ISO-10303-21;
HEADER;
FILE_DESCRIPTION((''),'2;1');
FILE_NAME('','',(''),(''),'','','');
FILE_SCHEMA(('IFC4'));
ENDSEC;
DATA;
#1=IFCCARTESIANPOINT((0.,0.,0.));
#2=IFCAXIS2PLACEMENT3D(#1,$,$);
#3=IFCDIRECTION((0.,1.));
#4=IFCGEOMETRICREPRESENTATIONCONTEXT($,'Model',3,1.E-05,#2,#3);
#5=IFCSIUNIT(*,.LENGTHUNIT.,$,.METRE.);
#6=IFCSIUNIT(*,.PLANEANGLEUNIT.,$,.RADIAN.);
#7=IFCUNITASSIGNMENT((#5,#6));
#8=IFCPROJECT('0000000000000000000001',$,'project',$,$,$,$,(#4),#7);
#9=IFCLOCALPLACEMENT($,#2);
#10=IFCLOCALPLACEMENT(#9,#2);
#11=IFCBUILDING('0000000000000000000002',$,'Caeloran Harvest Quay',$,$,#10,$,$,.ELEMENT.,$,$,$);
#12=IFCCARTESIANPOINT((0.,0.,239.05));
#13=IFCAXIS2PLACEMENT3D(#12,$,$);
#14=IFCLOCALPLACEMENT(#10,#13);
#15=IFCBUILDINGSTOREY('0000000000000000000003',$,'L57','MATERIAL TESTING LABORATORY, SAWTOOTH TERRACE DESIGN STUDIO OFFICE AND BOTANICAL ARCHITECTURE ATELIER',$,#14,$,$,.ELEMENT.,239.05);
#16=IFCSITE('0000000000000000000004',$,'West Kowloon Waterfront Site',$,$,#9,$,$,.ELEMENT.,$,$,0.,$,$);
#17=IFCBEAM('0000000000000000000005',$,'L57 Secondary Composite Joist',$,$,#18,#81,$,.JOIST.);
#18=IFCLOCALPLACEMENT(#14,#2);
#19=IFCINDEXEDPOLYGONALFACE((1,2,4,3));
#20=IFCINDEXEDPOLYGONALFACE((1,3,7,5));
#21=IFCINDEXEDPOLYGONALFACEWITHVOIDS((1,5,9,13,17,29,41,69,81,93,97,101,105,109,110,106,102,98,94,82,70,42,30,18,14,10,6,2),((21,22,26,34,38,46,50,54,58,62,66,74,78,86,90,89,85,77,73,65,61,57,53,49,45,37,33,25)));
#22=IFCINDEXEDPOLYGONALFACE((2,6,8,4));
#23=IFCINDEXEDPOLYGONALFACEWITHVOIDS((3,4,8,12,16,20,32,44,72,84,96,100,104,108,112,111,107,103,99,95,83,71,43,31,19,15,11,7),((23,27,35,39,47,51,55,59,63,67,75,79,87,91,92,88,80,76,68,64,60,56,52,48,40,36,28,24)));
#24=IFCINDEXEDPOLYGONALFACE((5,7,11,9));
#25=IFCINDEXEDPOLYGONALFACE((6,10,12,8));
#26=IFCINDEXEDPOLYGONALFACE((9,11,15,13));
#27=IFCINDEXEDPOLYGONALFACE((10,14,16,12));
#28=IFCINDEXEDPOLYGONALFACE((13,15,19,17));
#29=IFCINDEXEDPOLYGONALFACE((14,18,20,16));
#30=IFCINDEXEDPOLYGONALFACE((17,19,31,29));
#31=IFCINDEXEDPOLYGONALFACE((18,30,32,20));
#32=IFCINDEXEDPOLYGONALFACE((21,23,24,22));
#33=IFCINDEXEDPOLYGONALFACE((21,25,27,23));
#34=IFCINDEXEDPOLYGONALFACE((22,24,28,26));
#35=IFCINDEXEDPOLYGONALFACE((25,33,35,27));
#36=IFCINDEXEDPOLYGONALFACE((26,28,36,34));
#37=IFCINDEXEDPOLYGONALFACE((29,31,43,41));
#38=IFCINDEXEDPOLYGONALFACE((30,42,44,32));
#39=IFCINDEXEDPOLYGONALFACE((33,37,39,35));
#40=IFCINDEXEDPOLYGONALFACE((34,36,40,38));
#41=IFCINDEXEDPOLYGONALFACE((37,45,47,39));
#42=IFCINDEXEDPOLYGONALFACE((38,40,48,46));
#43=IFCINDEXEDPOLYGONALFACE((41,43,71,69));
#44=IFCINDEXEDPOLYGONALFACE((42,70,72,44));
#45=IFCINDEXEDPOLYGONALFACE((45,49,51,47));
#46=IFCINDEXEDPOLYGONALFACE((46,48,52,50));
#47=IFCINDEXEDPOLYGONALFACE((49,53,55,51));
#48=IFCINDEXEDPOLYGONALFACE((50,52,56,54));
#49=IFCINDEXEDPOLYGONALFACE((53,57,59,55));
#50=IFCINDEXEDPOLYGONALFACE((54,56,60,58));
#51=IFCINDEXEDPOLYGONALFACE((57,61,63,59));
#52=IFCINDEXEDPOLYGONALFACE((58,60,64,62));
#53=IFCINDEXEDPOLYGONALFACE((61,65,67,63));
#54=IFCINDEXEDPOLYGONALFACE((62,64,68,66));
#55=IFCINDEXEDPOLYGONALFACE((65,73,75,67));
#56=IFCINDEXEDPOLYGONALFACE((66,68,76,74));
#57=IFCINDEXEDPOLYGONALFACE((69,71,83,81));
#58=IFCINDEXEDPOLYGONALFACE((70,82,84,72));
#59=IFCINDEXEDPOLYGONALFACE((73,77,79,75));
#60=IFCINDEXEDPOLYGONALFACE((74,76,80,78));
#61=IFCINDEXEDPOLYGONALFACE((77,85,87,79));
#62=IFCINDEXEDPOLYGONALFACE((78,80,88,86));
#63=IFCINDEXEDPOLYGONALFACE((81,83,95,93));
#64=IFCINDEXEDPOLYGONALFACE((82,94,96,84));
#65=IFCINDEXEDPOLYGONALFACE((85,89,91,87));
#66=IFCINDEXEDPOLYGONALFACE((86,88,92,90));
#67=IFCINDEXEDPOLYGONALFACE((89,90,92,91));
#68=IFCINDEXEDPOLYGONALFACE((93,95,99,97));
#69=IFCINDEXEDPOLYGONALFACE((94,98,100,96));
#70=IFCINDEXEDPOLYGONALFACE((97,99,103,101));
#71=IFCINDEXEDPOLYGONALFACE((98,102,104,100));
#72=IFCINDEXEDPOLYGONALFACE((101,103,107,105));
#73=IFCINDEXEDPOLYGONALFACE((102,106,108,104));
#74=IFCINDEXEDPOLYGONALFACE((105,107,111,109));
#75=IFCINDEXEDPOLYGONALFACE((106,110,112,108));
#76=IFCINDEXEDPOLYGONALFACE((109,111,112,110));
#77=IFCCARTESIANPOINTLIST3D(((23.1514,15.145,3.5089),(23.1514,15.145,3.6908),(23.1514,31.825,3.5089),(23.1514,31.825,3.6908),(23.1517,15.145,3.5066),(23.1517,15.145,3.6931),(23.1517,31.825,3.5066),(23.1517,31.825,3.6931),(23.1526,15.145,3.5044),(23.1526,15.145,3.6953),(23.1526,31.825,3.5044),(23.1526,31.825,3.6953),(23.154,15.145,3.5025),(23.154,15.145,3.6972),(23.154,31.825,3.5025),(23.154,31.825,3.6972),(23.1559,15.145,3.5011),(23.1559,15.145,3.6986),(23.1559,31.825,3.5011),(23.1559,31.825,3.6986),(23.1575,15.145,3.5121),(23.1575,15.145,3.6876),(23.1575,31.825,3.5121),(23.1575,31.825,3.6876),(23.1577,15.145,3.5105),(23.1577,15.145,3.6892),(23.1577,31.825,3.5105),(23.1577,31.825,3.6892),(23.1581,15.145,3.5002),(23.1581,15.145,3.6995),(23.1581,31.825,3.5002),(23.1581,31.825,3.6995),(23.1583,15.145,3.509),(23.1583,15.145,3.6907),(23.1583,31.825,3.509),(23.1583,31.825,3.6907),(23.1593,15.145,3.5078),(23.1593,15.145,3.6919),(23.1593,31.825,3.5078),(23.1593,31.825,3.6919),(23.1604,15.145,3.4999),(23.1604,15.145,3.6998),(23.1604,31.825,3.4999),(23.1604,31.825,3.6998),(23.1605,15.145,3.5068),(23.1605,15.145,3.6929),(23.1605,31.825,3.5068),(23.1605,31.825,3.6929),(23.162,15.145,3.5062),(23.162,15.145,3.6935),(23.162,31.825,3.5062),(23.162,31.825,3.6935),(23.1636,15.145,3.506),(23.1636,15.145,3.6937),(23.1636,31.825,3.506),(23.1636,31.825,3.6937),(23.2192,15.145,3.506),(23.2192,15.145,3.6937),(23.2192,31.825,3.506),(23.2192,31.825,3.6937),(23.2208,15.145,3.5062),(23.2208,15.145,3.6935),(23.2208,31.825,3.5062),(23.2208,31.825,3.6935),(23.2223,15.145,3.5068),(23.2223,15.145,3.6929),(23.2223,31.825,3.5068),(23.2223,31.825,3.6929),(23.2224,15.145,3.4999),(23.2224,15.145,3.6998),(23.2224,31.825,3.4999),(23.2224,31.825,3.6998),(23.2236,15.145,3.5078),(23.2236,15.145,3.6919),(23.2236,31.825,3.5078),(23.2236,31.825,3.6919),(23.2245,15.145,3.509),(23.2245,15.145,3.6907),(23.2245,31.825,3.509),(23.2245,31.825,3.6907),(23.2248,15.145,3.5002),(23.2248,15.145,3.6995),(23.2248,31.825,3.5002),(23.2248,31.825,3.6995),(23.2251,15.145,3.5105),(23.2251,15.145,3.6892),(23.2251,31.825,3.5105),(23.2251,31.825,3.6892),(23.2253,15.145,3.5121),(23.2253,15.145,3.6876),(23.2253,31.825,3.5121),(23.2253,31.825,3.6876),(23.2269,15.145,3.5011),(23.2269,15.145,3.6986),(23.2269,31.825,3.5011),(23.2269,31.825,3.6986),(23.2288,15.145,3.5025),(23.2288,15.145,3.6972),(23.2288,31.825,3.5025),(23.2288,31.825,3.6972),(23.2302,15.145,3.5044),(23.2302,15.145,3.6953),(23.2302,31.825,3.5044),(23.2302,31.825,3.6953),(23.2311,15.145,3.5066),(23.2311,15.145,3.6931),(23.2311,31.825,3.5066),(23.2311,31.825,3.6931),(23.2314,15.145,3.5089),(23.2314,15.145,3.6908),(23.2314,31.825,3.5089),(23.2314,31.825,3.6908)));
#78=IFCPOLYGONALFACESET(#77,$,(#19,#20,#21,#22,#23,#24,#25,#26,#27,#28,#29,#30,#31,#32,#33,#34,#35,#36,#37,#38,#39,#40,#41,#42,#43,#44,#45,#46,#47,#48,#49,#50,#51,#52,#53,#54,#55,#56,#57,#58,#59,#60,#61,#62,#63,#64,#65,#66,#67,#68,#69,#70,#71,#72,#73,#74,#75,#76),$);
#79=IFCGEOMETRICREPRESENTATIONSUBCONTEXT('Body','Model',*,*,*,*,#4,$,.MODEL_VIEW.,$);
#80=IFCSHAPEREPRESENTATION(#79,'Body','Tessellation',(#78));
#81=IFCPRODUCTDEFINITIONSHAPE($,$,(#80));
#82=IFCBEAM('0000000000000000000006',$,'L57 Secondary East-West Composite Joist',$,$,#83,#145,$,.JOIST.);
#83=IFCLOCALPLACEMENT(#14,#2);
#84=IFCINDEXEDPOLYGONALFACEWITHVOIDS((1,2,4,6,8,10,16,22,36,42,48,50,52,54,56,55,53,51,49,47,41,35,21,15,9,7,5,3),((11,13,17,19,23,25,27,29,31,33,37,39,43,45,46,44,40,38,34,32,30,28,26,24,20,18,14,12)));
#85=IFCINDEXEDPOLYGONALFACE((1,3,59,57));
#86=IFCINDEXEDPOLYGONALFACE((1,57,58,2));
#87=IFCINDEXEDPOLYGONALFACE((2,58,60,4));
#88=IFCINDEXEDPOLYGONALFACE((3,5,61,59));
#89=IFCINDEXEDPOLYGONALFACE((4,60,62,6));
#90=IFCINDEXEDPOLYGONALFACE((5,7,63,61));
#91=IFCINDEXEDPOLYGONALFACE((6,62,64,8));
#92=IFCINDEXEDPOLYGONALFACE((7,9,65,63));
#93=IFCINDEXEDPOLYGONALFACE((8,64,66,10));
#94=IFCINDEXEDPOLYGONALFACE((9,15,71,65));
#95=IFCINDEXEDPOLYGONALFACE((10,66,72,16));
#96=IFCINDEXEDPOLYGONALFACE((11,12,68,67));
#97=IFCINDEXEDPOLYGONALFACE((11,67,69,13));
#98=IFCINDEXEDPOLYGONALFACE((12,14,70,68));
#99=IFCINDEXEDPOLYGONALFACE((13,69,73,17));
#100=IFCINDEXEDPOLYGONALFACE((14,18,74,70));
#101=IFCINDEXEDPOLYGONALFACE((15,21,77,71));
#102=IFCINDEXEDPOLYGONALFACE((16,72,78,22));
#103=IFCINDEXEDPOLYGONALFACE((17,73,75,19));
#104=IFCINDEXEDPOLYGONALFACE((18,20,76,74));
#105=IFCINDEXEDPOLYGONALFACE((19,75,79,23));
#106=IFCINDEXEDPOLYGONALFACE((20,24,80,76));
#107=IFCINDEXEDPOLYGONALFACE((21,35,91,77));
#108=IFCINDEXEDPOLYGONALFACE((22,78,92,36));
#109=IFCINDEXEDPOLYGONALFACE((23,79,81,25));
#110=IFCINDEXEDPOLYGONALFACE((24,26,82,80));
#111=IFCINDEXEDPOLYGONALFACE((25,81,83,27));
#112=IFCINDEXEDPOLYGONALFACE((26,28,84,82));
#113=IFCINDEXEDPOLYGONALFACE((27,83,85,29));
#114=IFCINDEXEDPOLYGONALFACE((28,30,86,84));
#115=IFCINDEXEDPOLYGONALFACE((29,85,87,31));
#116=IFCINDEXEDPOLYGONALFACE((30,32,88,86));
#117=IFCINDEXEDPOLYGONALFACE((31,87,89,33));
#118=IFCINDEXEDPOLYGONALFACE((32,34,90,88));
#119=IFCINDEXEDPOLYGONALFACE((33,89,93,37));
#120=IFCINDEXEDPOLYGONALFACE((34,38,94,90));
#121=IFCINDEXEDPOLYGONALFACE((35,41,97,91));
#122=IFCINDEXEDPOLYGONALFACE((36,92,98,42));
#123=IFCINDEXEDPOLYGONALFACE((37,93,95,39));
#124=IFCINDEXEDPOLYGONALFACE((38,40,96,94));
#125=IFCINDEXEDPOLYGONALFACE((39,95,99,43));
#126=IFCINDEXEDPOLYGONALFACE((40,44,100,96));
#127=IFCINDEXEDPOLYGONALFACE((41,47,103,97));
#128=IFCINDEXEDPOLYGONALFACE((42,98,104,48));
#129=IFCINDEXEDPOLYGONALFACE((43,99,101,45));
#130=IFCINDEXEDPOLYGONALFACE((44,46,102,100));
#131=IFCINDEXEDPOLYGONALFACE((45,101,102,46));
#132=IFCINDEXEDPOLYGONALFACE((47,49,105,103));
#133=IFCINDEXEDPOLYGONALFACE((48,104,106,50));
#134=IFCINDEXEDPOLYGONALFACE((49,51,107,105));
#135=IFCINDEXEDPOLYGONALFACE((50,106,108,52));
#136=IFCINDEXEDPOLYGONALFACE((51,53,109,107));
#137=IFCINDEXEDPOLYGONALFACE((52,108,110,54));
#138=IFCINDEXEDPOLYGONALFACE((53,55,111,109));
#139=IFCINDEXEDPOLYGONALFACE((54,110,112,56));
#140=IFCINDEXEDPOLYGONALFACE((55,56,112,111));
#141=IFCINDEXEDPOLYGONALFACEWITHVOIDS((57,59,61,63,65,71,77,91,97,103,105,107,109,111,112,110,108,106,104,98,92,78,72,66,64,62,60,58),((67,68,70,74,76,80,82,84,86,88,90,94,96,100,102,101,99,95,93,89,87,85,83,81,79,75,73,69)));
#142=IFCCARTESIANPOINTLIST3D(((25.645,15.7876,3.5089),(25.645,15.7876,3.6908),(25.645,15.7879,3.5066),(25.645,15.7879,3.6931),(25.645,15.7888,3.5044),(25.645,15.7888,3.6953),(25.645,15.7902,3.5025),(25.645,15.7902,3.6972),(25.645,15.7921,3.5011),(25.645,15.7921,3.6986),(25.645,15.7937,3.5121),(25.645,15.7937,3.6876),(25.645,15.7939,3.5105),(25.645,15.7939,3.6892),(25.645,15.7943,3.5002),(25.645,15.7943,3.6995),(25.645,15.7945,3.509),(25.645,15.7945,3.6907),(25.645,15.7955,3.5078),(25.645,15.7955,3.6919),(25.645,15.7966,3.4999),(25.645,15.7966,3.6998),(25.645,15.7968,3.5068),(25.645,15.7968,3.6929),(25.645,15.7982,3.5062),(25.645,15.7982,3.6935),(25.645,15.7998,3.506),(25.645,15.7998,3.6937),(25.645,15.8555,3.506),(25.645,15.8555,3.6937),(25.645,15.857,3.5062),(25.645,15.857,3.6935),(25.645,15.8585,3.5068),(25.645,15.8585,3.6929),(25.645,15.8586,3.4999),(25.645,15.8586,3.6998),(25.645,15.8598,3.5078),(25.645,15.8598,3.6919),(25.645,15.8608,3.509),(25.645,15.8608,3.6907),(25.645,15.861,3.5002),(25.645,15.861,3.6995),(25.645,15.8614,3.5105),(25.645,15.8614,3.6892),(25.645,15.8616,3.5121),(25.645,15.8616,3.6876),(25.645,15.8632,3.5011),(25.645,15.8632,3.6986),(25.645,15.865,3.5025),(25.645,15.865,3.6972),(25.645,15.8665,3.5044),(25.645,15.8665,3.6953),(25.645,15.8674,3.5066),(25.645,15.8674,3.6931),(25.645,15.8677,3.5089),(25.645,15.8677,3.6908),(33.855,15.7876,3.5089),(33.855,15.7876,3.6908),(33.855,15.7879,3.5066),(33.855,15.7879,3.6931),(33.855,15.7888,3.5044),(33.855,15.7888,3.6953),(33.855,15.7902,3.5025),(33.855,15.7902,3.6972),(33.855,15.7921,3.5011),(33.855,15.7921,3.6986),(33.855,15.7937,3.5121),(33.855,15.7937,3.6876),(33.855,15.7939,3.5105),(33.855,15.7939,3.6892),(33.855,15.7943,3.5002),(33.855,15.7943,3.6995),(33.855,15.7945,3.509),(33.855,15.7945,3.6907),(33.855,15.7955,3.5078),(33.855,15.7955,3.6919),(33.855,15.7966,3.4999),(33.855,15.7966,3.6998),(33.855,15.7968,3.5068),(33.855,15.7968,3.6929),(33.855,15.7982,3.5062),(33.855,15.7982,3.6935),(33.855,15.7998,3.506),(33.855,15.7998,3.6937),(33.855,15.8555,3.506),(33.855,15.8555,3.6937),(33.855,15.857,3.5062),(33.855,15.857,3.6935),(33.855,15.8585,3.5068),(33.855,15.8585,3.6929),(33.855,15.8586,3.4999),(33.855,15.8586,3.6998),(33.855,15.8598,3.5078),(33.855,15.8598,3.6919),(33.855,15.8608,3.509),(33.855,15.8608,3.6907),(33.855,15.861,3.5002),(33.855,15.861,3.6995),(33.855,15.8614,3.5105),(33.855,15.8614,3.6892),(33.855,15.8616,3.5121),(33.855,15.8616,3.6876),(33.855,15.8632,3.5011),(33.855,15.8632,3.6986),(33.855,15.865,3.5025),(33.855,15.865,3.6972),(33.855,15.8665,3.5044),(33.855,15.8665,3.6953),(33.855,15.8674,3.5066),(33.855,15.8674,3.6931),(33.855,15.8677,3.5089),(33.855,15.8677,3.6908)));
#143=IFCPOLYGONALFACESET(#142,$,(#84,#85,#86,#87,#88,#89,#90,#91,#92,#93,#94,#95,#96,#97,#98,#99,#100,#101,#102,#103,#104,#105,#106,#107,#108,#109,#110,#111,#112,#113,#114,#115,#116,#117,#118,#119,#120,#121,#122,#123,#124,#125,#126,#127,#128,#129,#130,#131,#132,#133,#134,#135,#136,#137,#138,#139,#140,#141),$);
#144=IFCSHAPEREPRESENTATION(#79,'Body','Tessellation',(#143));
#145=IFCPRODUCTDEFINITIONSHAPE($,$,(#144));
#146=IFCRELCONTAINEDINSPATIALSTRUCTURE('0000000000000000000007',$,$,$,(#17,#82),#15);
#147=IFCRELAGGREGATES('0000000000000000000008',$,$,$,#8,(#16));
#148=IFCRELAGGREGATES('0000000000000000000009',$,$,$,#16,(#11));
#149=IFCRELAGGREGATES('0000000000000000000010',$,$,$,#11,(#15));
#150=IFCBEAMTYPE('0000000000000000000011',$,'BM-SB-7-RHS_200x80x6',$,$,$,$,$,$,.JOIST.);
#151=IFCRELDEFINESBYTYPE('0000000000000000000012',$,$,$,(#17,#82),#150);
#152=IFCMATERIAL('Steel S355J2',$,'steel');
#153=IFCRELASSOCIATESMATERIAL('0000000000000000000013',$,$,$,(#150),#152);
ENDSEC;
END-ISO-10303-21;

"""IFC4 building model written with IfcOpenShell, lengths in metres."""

from ifc_helpers import new_model, si_unit, direction, frame, origin, origin_2d, place, context, subcontext, project, spatial, hollow_rectangle, extrude, material, material_profile, profile_set, type_object, element, save


model = new_model("IFC4")

# Units and contexts
model_context = context("Model", 3, precision=1e-05, world=origin(), true_north=direction((0.0, 1.0)))
body_context = subcontext(model_context, "Body", "Model", "MODEL_VIEW")
ifc_project = project(units=[si_unit("LENGTHUNIT", "METRE"), si_unit("PLANEANGLEUNIT", "RADIAN")], contexts=[model_context])

# Site, building, storey
site_placement = place(None, origin())
site = spatial("IfcSite", under=ifc_project, at=site_placement, Name="West Kowloon Waterfront Site", CompositionType="ELEMENT", RefElevation=0.0)
building_placement = place(site_placement, origin())
building = spatial("IfcBuilding", under=site, at=building_placement, Name="Caeloran Harvest Quay", CompositionType="ELEMENT")
storey_placement = place(building_placement, frame((0.0, 0.0, 239.05)))
storey = spatial("IfcBuildingStorey", under=building, at=storey_placement, Name="L57", Description="MATERIAL TESTING LABORATORY, SAWTOOTH TERRACE DESIGN STUDIO OFFICE AND BOTANICAL ARCHITECTURE ATELIER", CompositionType="ELEMENT", Elevation=239.05)

# Beams
ifc_material_1 = material(Name="Steel S355J2", Category="steel")
ifc_material_profile_1 = material_profile(ifc_material_1, hollow_rectangle(XDim=0.0801, YDim=0.2, WallThickness=0.0061, InnerFilletRadius=0.0061, OuterFilletRadius=0.009, at=origin_2d()), Name="RHS 200x80x6")
ifc_profile_set_1 = profile_set([ifc_material_profile_1], Name="Steel S355J2")
beam_type_1 = type_object("IfcBeamType", Name="BM-SB-7-RHS_200x80x6", PredefinedType="JOIST", material=ifc_profile_set_1)
for number, where, z_axis, x_axis, name in (
    (1, (23.1914, 15.145, 3.5999), (0.0, 1.0, 0.0), (-1.0, 0.0, 0.0), "L57 Secondary Composite Joist"),
):
    element("IfcBeam", number, at=place(storey_placement, frame(where, z_axis=z_axis, x_axis=x_axis)), inside=storey, type_object=beam_type_1, Name=name, PredefinedType="JOIST", context=body_context, shape_type="SweptSolid", body=[
        extrude(hollow_rectangle(XDim=0.0801, YDim=0.2, WallThickness=0.0061, InnerFilletRadius=0.0061, OuterFilletRadius=0.009, at=origin_2d()), origin(), (0.0, 0.0, 1.0), 16.6799),
    ])
beam_1_placement = place(storey_placement, frame((25.645, 15.8276, 3.5999), z_axis=(1.0, 0.0, 0.0), x_axis=(0.0, 1.0, 0.0)))
element("IfcBeam", 2, at=beam_1_placement, inside=storey, type_object=beam_type_1, Name="L57 Secondary East-West Composite Joist", PredefinedType="JOIST", context=body_context, shape_type="SweptSolid", body=[
    extrude(hollow_rectangle(XDim=0.0801, YDim=0.2, WallThickness=0.0061, InnerFilletRadius=0.0061, OuterFilletRadius=0.009, at=origin_2d()), origin(), (0.0, 0.0, 1.0), 8.21),
])

save(model, "model.ifc")
